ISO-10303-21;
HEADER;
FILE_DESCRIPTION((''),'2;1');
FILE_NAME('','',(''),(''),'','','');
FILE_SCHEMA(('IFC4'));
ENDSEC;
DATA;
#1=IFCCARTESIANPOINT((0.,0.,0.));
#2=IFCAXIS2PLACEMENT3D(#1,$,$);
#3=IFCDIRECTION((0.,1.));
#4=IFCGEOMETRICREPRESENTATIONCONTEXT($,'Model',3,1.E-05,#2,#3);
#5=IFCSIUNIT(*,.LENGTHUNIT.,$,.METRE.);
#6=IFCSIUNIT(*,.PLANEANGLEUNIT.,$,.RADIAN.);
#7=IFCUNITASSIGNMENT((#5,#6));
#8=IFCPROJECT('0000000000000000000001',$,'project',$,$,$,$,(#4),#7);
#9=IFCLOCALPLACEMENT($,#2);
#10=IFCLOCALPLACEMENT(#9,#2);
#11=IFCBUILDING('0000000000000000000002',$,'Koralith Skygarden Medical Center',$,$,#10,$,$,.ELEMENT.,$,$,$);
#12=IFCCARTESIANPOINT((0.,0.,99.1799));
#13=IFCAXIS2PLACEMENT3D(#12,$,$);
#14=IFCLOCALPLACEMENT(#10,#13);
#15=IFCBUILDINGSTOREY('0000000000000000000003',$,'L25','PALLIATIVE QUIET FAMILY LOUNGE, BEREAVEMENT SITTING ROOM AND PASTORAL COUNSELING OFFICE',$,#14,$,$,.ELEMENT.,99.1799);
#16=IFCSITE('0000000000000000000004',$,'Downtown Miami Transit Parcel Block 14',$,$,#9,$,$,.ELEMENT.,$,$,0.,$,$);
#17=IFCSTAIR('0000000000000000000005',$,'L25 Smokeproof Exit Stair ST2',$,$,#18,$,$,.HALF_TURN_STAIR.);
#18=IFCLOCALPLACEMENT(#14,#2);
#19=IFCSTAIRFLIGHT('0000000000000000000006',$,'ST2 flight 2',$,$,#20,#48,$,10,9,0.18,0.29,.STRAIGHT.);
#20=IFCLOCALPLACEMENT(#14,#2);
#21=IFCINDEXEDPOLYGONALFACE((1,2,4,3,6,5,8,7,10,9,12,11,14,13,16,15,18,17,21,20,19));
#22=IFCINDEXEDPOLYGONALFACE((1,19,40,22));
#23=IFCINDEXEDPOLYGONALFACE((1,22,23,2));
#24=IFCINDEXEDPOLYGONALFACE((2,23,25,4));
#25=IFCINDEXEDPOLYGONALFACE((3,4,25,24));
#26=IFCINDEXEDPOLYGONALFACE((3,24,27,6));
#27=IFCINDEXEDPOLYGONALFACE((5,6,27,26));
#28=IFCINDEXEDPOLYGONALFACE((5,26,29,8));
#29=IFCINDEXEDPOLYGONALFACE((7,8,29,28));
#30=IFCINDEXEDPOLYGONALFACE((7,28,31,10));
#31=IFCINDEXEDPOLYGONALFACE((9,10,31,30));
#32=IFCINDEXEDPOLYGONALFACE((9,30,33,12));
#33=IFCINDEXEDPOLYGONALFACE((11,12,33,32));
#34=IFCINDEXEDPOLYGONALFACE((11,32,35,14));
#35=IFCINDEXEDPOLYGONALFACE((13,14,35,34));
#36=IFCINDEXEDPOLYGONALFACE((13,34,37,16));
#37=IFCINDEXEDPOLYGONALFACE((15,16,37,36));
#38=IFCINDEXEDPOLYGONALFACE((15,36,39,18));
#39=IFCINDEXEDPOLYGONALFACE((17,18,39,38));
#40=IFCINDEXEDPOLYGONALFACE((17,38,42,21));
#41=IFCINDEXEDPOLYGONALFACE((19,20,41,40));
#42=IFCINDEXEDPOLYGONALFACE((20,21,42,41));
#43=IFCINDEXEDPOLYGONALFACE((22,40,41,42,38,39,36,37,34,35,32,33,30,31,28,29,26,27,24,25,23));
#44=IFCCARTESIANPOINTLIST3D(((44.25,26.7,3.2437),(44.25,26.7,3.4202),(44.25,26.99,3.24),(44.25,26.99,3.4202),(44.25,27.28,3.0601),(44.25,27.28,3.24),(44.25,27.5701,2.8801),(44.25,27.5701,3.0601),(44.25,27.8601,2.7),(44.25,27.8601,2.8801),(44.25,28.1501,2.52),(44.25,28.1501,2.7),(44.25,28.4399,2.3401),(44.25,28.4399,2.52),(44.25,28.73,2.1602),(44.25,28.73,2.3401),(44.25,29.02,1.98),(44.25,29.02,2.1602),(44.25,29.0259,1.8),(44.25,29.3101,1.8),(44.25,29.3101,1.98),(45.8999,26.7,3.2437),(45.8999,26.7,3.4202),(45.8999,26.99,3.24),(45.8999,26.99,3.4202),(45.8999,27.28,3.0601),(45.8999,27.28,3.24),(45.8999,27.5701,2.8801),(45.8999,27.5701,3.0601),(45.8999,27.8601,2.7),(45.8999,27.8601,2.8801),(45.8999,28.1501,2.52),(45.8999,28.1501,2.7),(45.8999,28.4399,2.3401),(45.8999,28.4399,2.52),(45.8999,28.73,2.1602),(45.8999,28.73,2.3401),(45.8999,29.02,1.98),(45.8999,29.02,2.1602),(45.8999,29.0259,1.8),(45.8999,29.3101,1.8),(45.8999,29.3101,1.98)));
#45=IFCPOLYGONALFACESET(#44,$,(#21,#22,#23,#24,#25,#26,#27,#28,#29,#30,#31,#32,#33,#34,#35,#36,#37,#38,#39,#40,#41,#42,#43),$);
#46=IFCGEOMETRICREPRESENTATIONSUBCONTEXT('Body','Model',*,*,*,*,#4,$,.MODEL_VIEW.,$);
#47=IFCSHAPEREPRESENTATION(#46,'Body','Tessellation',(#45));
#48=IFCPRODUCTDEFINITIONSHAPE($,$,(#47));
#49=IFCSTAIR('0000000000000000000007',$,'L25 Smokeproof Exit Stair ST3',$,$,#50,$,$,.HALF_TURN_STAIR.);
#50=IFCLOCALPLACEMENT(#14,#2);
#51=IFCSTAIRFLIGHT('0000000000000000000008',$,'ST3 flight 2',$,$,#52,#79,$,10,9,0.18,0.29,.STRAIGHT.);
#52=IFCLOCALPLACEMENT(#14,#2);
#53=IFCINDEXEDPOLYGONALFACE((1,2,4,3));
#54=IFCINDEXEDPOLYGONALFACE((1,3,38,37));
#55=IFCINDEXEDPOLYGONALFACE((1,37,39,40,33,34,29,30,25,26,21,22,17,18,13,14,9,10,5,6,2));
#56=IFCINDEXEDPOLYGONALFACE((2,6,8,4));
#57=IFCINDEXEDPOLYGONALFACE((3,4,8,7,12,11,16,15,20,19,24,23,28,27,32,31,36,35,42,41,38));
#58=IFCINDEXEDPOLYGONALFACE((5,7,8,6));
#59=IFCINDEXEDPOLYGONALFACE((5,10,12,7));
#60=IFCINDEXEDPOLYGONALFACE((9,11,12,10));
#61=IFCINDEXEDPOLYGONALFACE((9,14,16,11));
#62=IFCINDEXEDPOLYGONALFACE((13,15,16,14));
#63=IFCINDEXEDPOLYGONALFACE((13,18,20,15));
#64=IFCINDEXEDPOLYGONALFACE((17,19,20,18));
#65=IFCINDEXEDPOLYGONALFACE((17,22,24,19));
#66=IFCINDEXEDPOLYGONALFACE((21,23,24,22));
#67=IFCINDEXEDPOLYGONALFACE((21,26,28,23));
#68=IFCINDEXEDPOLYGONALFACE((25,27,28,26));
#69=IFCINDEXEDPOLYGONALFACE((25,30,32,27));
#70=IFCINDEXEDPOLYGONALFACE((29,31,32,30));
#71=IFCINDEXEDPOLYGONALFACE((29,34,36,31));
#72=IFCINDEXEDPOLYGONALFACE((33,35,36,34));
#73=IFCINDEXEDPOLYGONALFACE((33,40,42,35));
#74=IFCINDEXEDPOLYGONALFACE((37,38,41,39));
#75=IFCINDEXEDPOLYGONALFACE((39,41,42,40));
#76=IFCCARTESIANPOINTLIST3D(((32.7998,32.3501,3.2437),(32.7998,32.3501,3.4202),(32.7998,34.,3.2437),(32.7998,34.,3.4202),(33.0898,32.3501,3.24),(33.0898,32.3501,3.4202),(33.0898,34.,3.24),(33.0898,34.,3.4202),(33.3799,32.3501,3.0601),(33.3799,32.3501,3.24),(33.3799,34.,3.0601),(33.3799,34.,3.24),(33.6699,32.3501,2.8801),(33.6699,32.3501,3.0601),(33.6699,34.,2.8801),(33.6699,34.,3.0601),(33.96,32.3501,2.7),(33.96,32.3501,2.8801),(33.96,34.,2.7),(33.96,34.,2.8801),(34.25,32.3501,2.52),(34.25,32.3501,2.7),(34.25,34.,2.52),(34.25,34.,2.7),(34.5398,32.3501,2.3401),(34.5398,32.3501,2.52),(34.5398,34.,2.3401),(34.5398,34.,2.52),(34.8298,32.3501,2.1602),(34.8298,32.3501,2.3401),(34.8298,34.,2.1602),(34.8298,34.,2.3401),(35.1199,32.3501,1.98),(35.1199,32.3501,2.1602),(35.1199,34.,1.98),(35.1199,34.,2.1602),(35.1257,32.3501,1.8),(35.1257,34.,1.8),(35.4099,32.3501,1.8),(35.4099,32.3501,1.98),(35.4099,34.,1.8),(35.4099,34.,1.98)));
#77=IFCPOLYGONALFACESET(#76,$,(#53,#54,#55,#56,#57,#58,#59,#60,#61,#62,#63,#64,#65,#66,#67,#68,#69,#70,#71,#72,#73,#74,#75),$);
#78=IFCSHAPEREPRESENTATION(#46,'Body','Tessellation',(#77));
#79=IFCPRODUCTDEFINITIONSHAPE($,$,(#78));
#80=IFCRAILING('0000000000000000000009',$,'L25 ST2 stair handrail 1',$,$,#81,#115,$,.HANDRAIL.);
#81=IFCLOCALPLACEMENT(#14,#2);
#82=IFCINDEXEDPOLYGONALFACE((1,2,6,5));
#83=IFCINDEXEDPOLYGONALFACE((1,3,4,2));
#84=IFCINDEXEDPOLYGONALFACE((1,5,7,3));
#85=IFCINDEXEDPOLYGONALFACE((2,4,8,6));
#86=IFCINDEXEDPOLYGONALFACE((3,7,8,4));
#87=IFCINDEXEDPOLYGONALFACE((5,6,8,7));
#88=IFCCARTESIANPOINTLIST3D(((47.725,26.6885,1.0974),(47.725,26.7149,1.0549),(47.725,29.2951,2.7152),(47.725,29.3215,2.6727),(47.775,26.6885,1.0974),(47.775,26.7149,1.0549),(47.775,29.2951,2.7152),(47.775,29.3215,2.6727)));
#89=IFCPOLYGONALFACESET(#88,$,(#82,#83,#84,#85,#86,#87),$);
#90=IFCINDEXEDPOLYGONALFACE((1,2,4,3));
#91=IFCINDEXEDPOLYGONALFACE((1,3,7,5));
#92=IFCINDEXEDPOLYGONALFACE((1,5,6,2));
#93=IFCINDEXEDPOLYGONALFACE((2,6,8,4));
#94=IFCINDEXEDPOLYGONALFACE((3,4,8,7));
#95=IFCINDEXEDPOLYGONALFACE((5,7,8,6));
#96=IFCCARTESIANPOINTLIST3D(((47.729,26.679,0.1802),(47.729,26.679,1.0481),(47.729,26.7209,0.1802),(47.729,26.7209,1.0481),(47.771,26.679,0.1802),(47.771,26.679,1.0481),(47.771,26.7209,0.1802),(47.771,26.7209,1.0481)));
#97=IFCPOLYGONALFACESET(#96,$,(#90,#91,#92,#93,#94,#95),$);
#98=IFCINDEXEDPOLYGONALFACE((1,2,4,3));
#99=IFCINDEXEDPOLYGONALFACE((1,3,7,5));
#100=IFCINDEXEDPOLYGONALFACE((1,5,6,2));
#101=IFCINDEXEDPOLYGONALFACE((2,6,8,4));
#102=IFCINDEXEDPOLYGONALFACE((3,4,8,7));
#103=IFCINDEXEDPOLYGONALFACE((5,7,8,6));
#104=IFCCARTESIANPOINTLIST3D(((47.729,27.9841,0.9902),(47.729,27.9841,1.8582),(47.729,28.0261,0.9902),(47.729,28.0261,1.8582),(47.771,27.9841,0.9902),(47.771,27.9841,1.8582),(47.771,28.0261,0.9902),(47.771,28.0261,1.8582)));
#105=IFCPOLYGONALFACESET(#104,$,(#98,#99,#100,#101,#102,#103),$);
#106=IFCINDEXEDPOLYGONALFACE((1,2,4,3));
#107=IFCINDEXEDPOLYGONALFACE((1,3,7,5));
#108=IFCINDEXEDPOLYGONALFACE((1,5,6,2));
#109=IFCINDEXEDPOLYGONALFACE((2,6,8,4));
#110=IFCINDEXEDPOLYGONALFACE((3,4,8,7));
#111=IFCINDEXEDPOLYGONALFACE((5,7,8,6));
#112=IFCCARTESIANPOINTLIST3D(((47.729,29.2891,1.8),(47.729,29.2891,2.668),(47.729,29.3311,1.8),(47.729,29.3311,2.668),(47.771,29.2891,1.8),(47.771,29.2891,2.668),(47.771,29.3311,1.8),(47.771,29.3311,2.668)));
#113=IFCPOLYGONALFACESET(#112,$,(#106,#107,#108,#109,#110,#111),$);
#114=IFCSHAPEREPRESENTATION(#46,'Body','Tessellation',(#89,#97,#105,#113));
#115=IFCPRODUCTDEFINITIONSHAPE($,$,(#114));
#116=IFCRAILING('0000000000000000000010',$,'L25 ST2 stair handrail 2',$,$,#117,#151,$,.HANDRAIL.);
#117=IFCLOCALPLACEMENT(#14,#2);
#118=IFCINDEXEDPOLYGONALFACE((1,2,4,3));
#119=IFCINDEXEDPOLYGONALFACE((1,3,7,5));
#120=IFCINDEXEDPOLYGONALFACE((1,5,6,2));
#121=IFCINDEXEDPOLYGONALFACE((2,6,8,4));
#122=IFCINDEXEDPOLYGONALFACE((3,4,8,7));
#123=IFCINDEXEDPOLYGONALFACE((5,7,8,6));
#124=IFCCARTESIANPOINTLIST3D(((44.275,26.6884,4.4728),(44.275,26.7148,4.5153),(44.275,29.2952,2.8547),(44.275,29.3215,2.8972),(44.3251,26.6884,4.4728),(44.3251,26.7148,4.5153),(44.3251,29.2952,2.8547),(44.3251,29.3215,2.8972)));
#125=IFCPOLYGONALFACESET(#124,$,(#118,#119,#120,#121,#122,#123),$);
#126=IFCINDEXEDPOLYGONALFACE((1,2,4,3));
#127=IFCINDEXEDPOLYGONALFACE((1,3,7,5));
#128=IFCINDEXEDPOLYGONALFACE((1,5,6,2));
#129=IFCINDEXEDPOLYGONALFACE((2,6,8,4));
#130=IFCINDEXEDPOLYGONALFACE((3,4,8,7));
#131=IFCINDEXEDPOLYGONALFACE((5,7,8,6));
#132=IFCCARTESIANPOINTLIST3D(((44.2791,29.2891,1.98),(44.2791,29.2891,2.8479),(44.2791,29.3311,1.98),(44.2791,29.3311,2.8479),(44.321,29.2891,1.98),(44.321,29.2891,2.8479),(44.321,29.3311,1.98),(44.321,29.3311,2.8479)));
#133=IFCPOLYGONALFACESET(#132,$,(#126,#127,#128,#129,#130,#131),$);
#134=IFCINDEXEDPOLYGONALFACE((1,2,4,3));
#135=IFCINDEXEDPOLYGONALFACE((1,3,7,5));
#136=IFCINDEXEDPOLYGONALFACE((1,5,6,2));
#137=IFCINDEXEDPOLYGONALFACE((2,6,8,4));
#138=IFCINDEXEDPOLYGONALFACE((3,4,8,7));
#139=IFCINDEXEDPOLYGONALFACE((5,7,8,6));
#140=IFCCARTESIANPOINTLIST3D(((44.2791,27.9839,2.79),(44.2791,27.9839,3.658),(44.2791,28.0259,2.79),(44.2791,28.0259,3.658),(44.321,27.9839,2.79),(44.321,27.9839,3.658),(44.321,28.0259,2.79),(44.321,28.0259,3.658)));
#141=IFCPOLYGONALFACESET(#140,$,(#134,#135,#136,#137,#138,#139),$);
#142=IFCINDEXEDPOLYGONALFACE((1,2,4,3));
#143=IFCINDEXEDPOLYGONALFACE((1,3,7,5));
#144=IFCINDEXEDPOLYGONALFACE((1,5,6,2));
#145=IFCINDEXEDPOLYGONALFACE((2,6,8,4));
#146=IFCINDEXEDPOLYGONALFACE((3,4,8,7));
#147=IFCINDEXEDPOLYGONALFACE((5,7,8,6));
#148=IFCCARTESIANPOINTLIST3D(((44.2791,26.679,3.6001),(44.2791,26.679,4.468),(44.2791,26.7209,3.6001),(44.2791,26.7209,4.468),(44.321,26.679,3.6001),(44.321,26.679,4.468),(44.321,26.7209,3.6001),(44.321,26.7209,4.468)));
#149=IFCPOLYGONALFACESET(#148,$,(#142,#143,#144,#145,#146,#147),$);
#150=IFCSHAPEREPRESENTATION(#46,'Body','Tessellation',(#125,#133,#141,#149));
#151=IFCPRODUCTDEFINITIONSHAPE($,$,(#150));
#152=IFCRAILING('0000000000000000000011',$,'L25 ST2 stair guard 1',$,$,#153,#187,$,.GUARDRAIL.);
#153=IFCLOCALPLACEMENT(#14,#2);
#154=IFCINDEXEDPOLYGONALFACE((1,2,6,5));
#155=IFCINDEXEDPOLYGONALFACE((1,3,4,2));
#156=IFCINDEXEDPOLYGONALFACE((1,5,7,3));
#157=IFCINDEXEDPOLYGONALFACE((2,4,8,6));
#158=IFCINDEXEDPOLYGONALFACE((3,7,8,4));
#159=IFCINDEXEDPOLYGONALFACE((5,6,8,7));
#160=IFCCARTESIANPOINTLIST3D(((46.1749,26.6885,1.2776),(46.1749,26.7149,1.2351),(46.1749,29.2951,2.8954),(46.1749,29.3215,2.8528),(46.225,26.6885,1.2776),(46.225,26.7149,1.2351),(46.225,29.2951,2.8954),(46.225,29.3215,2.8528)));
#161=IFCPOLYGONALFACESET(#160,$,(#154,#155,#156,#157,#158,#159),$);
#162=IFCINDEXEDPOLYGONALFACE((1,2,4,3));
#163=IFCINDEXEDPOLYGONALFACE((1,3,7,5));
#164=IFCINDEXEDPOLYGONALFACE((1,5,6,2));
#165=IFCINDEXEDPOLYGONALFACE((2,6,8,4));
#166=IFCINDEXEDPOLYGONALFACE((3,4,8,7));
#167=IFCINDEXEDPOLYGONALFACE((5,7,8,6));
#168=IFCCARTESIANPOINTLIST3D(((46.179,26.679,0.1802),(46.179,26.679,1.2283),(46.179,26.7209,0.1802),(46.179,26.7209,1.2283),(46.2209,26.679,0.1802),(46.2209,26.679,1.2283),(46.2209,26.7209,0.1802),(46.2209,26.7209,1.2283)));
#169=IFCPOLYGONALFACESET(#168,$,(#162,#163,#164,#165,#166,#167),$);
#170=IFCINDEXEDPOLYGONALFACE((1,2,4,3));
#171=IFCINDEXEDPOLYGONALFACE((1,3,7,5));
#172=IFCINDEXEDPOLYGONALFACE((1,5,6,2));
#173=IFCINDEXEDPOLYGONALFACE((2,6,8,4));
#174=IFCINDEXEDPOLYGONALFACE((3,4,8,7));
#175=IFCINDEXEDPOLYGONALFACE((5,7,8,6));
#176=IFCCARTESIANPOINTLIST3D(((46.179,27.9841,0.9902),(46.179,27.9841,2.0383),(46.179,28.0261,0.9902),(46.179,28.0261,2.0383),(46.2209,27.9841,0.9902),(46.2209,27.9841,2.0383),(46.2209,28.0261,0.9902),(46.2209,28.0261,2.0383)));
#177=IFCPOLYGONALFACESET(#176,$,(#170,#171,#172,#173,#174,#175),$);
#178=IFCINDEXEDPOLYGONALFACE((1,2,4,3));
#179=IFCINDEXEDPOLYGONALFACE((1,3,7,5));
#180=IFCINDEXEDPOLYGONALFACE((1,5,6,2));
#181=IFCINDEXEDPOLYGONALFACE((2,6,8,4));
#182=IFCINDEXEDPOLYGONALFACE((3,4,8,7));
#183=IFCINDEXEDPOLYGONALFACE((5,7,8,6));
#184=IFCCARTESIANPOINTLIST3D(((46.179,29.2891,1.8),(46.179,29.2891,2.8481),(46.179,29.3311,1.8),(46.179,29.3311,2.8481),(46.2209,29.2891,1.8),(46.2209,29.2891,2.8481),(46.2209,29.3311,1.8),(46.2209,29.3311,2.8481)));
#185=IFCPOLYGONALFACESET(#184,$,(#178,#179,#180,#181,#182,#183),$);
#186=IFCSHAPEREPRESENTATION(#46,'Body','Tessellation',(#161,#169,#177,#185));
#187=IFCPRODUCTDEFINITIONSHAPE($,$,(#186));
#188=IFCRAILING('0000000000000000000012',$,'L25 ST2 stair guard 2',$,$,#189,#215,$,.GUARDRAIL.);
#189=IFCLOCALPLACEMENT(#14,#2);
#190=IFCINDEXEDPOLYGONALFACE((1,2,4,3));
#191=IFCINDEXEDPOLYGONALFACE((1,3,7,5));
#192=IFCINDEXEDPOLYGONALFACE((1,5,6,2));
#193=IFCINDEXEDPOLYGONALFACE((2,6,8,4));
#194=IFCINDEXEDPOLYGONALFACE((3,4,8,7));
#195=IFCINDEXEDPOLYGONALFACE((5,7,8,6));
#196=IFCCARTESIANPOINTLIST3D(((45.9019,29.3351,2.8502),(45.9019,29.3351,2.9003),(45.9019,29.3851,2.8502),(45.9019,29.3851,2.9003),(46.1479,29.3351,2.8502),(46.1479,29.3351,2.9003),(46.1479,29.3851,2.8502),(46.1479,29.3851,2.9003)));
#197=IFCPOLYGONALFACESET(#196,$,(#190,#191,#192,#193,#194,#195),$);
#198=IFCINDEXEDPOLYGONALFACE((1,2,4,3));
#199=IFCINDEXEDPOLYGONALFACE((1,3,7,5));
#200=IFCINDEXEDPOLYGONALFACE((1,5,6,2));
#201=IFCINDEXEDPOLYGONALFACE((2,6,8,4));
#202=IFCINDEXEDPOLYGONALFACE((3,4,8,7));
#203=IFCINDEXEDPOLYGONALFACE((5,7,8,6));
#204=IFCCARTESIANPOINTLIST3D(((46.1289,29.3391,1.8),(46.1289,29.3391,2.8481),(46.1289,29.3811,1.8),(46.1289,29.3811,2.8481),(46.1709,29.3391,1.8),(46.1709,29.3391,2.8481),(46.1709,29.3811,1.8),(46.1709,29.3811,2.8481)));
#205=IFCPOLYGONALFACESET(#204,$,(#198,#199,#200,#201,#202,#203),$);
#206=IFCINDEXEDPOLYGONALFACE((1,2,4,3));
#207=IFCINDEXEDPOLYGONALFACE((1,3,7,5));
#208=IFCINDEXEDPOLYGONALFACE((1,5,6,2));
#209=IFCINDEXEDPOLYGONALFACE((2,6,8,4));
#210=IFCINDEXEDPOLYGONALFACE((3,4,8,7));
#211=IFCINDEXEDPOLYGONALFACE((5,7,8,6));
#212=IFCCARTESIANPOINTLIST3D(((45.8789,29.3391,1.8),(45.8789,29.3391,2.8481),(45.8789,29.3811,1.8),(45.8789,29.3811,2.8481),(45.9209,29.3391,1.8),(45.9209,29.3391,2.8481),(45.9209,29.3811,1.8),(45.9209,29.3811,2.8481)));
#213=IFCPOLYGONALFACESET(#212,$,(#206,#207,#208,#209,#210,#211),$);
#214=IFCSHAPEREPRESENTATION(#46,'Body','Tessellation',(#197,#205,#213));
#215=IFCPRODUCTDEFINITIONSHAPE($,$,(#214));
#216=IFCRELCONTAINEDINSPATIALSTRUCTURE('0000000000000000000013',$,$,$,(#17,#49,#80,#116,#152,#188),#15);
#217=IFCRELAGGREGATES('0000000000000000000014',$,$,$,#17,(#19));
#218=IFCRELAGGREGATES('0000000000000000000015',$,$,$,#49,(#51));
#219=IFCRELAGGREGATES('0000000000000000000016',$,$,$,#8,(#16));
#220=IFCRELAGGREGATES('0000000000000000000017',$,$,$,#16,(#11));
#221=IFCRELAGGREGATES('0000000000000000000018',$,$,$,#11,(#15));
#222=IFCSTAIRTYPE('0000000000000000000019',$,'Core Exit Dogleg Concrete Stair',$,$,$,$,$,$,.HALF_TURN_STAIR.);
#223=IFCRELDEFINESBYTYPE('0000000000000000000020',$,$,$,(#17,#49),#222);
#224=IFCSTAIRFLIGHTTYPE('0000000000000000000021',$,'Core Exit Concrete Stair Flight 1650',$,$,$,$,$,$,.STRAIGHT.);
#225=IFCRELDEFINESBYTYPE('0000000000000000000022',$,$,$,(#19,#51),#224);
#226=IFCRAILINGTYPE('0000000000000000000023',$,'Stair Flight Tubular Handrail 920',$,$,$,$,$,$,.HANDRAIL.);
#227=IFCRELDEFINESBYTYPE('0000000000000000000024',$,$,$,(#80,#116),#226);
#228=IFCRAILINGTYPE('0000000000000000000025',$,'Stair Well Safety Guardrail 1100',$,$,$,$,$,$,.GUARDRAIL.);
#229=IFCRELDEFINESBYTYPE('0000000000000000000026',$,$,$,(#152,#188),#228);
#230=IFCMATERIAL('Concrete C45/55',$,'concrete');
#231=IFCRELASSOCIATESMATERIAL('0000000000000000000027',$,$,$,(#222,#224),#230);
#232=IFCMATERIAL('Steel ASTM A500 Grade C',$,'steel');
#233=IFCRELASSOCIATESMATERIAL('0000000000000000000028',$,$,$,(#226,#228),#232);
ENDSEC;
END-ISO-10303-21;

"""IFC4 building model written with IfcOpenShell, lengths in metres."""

from ifc_helpers import new_model, si_unit, direction, frame, origin, origin_2d, place, context, subcontext, project, spatial, polyline, rectangle, outline, extrude, material, type_object, element, aggregate, save


model = new_model("IFC4")

# Units and contexts
model_context = context("Model", 3, precision=1e-05, world=origin(), true_north=direction((0.0, 1.0)))
body_context = subcontext(model_context, "Body", "Model", "MODEL_VIEW")
ifc_project = project(units=[si_unit("LENGTHUNIT", "METRE"), si_unit("PLANEANGLEUNIT", "RADIAN")], contexts=[model_context])

# Site, building, storey
site_placement = place(None, origin())
site = spatial("IfcSite", under=ifc_project, at=site_placement, Name="Downtown Miami Transit Parcel Block 14", CompositionType="ELEMENT", RefElevation=0.0)
building_placement = place(site_placement, origin())
building = spatial("IfcBuilding", under=site, at=building_placement, Name="Koralith Skygarden Medical Center", CompositionType="ELEMENT")
storey_placement = place(building_placement, frame((0.0, 0.0, 99.1799)))
storey = spatial("IfcBuildingStorey", under=building, at=storey_placement, Name="L25", Description="PALLIATIVE QUIET FAMILY LOUNGE, BEREAVEMENT SITTING ROOM AND PASTORAL COUNSELING OFFICE", CompositionType="ELEMENT", Elevation=99.1799)

# Shared definitions
ifc_material_1 = material(Name="Concrete C45/55", Category="concrete")

# Stair, stair flight
stair_type = type_object("IfcStairType", Name="Core Exit Dogleg Concrete Stair", PredefinedType="HALF_TURN_STAIR", material=ifc_material_1)
stair_1_placement = place(storey_placement, origin())
stair_1 = element("IfcStair", 1, at=stair_1_placement, inside=storey, type_object=stair_type, Name="L25 Smokeproof Exit Stair ST2", PredefinedType="HALF_TURN_STAIR")
stair_flight_type = type_object("IfcStairFlightType", Name="Core Exit Concrete Stair Flight 1650", PredefinedType="STRAIGHT", material=ifc_material_1)
stair_flight_1_placement = place(storey_placement, frame((45.075, 29.3101, 1.8), z_axis=(0.0, 0.0, 1.0), x_axis=(0.0, -1.0, 0.0)))
stair_flight_1 = element("IfcStairFlight", 2, at=stair_flight_1_placement, type_object=stair_flight_type, Name="ST2 flight 2", NumberOfRisers=10, NumberOfTreads=9, PredefinedType="STRAIGHT", RiserHeight=0.18, TreadLength=0.29, context=body_context, shape_type="SweptSolid", body=[
    extrude(outline(polyline([(0.0, 0.0), (0.0, 0.1799), (0.29, 0.1799), (0.29, 0.3601), (0.5801, 0.3601), (0.5801, 0.54), (0.8701, 0.54), (0.8701, 0.72), (1.1599, 0.72), (1.1599, 0.8999), (1.45, 0.8999), (1.45, 1.0801), (1.74, 1.0801), (1.74, 1.26), (2.03, 1.26), (2.03, 1.4399), (2.3201, 1.4399), (2.3201, 1.6201), (2.6101, 1.6201), (2.6101, 1.8), (2.6101, 1.4436), (0.2842, 0.0), (0.0, 0.0)])), frame((0.0, 0.825, 0.0), z_axis=(0.0, -1.0, 0.0), x_axis=(1.0, 0.0, 0.0)), (0.0, 0.0, 1.0), 1.6499),
])
aggregate(stair_1, [stair_flight_1])

# Stair, stair flight
stair_2_placement = place(storey_placement, origin())
stair_2 = element("IfcStair", 3, at=stair_2_placement, inside=storey, type_object=stair_type, Name="L25 Smokeproof Exit Stair ST3", PredefinedType="HALF_TURN_STAIR")
stair_flight_2_placement = place(storey_placement, frame((35.4099, 33.175, 1.8), z_axis=(0.0, 0.0, 1.0), x_axis=(-1.0, 0.0, 0.0)))
stair_flight_2 = element("IfcStairFlight", 4, at=stair_flight_2_placement, type_object=stair_flight_type, Name="ST3 flight 2", NumberOfRisers=10, NumberOfTreads=9, PredefinedType="STRAIGHT", RiserHeight=0.18, TreadLength=0.29, context=body_context, shape_type="SweptSolid", body=[
    extrude(outline(polyline([(0.0, 0.0), (0.0, 0.1799), (0.29, 0.1799), (0.29, 0.3601), (0.5801, 0.3601), (0.5801, 0.54), (0.8701, 0.54), (0.8701, 0.72), (1.1599, 0.72), (1.1599, 0.8999), (1.45, 0.8999), (1.45, 1.0801), (1.74, 1.0801), (1.74, 1.26), (2.03, 1.26), (2.03, 1.4399), (2.3201, 1.4399), (2.3201, 1.6201), (2.6101, 1.6201), (2.6101, 1.8), (2.6101, 1.4436), (0.2842, 0.0), (0.0, 0.0)])), frame((0.0, 0.825, 0.0), z_axis=(0.0, -1.0, 0.0), x_axis=(1.0, 0.0, 0.0)), (0.0, 0.0, 1.0), 1.6499),
])
aggregate(stair_2, [stair_flight_2])

# Railings
ifc_material_2 = material(Name="Steel ASTM A500 Grade C", Category="steel")
railing_type_1 = type_object("IfcRailingType", Name="Stair Flight Tubular Handrail 920", PredefinedType="HANDRAIL", material=ifc_material_2)
railing_1_placement = place(storey_placement, frame((47.75, 26.7, 0.1802)))
element("IfcRailing", 5, at=railing_1_placement, inside=storey, type_object=railing_type_1, Name="L25 ST2 stair handrail 1", PredefinedType="HANDRAIL", context=body_context, shape_type="SweptSolid", body=[
    extrude(rectangle(XDim=0.05, YDim=0.05, at=origin_2d()), frame((0.0, 0.0017, 0.896), z_axis=(0.0, 0.849668, 0.527317), x_axis=(-1.0, 0.0, 0.0)), (0.0, 0.0, 1.0), 3.0679),
    extrude(rectangle(XDim=0.042, YDim=0.042, at=origin_2d()), origin(), (0.0, 0.0, 1.0), 0.8679),
    extrude(rectangle(XDim=0.042, YDim=0.042, at=origin_2d()), frame((0.0, 1.3052, 0.8101)), (0.0, 0.0, 1.0), 0.8679),
    extrude(rectangle(XDim=0.042, YDim=0.042, at=origin_2d()), frame((0.0, 2.6101, 1.6199)), (0.0, 0.0, 1.0), 0.8679),
])
railing_2_placement = place(storey_placement, frame((44.3, 29.3101, 1.98)))
element("IfcRailing", 6, at=railing_2_placement, inside=storey, type_object=railing_type_1, Name="L25 ST2 stair handrail 2", PredefinedType="HANDRAIL", context=body_context, shape_type="SweptSolid", body=[
    extrude(rectangle(XDim=0.05, YDim=0.05, at=origin_2d()), frame((0.0, -0.0017, 0.896), z_axis=(0.0, -0.849633, 0.527375), x_axis=(1.0, 0.0, 0.0)), (0.0, 0.0, 1.0), 3.0681),
    extrude(rectangle(XDim=0.042, YDim=0.042, at=origin_2d()), origin(), (0.0, 0.0, 1.0), 0.8679),
    extrude(rectangle(XDim=0.042, YDim=0.042, at=origin_2d()), frame((0.0, -1.3052, 0.8101)), (0.0, 0.0, 1.0), 0.8679),
    extrude(rectangle(XDim=0.042, YDim=0.042, at=origin_2d()), frame((0.0, -2.6101, 1.6201)), (0.0, 0.0, 1.0), 0.8679),
])
railing_type_2 = type_object("IfcRailingType", Name="Stair Well Safety Guardrail 1100", PredefinedType="GUARDRAIL", material=ifc_material_2)
railing_3_placement = place(storey_placement, frame((46.2, 26.7, 0.1802)))
element("IfcRailing", 7, at=railing_3_placement, inside=storey, type_object=railing_type_2, Name="L25 ST2 stair guard 1", PredefinedType="GUARDRAIL", context=body_context, shape_type="SweptSolid", body=[
    extrude(rectangle(XDim=0.05, YDim=0.05, at=origin_2d()), frame((0.0, 0.0017, 1.0762), z_axis=(0.0, 0.849668, 0.527317), x_axis=(-1.0, 0.0, 0.0)), (0.0, 0.0, 1.0), 3.0679),
    extrude(rectangle(XDim=0.042, YDim=0.042, at=origin_2d()), origin(), (0.0, 0.0, 1.0), 1.0481),
    extrude(rectangle(XDim=0.042, YDim=0.042, at=origin_2d()), frame((0.0, 1.3052, 0.8101)), (0.0, 0.0, 1.0), 1.0481),
    extrude(rectangle(XDim=0.042, YDim=0.042, at=origin_2d()), frame((0.0, 2.6101, 1.6199)), (0.0, 0.0, 1.0), 1.0481),
])
railing_4_placement = place(storey_placement, frame((46.1499, 29.3601, 1.8)))
element("IfcRailing", 8, at=railing_4_placement, inside=storey, type_object=railing_type_2, Name="L25 ST2 stair guard 2", PredefinedType="GUARDRAIL", context=body_context, shape_type="SweptSolid", body=[
    extrude(rectangle(XDim=0.05, YDim=0.05, at=origin_2d()), frame((-0.002, 0.0, 1.0752), z_axis=(-1.0, 0.0, 0.0), x_axis=(0.0, -1.0, 0.0)), (0.0, 0.0, 1.0), 0.2461),
    extrude(rectangle(XDim=0.042, YDim=0.042, at=origin_2d()), origin(), (0.0, 0.0, 1.0), 1.0481),
    extrude(rectangle(XDim=0.042, YDim=0.042, at=origin_2d()), frame((-0.25, 0.0, 0.0)), (0.0, 0.0, 1.0), 1.0481),
])

save(model, "model.ifc")
